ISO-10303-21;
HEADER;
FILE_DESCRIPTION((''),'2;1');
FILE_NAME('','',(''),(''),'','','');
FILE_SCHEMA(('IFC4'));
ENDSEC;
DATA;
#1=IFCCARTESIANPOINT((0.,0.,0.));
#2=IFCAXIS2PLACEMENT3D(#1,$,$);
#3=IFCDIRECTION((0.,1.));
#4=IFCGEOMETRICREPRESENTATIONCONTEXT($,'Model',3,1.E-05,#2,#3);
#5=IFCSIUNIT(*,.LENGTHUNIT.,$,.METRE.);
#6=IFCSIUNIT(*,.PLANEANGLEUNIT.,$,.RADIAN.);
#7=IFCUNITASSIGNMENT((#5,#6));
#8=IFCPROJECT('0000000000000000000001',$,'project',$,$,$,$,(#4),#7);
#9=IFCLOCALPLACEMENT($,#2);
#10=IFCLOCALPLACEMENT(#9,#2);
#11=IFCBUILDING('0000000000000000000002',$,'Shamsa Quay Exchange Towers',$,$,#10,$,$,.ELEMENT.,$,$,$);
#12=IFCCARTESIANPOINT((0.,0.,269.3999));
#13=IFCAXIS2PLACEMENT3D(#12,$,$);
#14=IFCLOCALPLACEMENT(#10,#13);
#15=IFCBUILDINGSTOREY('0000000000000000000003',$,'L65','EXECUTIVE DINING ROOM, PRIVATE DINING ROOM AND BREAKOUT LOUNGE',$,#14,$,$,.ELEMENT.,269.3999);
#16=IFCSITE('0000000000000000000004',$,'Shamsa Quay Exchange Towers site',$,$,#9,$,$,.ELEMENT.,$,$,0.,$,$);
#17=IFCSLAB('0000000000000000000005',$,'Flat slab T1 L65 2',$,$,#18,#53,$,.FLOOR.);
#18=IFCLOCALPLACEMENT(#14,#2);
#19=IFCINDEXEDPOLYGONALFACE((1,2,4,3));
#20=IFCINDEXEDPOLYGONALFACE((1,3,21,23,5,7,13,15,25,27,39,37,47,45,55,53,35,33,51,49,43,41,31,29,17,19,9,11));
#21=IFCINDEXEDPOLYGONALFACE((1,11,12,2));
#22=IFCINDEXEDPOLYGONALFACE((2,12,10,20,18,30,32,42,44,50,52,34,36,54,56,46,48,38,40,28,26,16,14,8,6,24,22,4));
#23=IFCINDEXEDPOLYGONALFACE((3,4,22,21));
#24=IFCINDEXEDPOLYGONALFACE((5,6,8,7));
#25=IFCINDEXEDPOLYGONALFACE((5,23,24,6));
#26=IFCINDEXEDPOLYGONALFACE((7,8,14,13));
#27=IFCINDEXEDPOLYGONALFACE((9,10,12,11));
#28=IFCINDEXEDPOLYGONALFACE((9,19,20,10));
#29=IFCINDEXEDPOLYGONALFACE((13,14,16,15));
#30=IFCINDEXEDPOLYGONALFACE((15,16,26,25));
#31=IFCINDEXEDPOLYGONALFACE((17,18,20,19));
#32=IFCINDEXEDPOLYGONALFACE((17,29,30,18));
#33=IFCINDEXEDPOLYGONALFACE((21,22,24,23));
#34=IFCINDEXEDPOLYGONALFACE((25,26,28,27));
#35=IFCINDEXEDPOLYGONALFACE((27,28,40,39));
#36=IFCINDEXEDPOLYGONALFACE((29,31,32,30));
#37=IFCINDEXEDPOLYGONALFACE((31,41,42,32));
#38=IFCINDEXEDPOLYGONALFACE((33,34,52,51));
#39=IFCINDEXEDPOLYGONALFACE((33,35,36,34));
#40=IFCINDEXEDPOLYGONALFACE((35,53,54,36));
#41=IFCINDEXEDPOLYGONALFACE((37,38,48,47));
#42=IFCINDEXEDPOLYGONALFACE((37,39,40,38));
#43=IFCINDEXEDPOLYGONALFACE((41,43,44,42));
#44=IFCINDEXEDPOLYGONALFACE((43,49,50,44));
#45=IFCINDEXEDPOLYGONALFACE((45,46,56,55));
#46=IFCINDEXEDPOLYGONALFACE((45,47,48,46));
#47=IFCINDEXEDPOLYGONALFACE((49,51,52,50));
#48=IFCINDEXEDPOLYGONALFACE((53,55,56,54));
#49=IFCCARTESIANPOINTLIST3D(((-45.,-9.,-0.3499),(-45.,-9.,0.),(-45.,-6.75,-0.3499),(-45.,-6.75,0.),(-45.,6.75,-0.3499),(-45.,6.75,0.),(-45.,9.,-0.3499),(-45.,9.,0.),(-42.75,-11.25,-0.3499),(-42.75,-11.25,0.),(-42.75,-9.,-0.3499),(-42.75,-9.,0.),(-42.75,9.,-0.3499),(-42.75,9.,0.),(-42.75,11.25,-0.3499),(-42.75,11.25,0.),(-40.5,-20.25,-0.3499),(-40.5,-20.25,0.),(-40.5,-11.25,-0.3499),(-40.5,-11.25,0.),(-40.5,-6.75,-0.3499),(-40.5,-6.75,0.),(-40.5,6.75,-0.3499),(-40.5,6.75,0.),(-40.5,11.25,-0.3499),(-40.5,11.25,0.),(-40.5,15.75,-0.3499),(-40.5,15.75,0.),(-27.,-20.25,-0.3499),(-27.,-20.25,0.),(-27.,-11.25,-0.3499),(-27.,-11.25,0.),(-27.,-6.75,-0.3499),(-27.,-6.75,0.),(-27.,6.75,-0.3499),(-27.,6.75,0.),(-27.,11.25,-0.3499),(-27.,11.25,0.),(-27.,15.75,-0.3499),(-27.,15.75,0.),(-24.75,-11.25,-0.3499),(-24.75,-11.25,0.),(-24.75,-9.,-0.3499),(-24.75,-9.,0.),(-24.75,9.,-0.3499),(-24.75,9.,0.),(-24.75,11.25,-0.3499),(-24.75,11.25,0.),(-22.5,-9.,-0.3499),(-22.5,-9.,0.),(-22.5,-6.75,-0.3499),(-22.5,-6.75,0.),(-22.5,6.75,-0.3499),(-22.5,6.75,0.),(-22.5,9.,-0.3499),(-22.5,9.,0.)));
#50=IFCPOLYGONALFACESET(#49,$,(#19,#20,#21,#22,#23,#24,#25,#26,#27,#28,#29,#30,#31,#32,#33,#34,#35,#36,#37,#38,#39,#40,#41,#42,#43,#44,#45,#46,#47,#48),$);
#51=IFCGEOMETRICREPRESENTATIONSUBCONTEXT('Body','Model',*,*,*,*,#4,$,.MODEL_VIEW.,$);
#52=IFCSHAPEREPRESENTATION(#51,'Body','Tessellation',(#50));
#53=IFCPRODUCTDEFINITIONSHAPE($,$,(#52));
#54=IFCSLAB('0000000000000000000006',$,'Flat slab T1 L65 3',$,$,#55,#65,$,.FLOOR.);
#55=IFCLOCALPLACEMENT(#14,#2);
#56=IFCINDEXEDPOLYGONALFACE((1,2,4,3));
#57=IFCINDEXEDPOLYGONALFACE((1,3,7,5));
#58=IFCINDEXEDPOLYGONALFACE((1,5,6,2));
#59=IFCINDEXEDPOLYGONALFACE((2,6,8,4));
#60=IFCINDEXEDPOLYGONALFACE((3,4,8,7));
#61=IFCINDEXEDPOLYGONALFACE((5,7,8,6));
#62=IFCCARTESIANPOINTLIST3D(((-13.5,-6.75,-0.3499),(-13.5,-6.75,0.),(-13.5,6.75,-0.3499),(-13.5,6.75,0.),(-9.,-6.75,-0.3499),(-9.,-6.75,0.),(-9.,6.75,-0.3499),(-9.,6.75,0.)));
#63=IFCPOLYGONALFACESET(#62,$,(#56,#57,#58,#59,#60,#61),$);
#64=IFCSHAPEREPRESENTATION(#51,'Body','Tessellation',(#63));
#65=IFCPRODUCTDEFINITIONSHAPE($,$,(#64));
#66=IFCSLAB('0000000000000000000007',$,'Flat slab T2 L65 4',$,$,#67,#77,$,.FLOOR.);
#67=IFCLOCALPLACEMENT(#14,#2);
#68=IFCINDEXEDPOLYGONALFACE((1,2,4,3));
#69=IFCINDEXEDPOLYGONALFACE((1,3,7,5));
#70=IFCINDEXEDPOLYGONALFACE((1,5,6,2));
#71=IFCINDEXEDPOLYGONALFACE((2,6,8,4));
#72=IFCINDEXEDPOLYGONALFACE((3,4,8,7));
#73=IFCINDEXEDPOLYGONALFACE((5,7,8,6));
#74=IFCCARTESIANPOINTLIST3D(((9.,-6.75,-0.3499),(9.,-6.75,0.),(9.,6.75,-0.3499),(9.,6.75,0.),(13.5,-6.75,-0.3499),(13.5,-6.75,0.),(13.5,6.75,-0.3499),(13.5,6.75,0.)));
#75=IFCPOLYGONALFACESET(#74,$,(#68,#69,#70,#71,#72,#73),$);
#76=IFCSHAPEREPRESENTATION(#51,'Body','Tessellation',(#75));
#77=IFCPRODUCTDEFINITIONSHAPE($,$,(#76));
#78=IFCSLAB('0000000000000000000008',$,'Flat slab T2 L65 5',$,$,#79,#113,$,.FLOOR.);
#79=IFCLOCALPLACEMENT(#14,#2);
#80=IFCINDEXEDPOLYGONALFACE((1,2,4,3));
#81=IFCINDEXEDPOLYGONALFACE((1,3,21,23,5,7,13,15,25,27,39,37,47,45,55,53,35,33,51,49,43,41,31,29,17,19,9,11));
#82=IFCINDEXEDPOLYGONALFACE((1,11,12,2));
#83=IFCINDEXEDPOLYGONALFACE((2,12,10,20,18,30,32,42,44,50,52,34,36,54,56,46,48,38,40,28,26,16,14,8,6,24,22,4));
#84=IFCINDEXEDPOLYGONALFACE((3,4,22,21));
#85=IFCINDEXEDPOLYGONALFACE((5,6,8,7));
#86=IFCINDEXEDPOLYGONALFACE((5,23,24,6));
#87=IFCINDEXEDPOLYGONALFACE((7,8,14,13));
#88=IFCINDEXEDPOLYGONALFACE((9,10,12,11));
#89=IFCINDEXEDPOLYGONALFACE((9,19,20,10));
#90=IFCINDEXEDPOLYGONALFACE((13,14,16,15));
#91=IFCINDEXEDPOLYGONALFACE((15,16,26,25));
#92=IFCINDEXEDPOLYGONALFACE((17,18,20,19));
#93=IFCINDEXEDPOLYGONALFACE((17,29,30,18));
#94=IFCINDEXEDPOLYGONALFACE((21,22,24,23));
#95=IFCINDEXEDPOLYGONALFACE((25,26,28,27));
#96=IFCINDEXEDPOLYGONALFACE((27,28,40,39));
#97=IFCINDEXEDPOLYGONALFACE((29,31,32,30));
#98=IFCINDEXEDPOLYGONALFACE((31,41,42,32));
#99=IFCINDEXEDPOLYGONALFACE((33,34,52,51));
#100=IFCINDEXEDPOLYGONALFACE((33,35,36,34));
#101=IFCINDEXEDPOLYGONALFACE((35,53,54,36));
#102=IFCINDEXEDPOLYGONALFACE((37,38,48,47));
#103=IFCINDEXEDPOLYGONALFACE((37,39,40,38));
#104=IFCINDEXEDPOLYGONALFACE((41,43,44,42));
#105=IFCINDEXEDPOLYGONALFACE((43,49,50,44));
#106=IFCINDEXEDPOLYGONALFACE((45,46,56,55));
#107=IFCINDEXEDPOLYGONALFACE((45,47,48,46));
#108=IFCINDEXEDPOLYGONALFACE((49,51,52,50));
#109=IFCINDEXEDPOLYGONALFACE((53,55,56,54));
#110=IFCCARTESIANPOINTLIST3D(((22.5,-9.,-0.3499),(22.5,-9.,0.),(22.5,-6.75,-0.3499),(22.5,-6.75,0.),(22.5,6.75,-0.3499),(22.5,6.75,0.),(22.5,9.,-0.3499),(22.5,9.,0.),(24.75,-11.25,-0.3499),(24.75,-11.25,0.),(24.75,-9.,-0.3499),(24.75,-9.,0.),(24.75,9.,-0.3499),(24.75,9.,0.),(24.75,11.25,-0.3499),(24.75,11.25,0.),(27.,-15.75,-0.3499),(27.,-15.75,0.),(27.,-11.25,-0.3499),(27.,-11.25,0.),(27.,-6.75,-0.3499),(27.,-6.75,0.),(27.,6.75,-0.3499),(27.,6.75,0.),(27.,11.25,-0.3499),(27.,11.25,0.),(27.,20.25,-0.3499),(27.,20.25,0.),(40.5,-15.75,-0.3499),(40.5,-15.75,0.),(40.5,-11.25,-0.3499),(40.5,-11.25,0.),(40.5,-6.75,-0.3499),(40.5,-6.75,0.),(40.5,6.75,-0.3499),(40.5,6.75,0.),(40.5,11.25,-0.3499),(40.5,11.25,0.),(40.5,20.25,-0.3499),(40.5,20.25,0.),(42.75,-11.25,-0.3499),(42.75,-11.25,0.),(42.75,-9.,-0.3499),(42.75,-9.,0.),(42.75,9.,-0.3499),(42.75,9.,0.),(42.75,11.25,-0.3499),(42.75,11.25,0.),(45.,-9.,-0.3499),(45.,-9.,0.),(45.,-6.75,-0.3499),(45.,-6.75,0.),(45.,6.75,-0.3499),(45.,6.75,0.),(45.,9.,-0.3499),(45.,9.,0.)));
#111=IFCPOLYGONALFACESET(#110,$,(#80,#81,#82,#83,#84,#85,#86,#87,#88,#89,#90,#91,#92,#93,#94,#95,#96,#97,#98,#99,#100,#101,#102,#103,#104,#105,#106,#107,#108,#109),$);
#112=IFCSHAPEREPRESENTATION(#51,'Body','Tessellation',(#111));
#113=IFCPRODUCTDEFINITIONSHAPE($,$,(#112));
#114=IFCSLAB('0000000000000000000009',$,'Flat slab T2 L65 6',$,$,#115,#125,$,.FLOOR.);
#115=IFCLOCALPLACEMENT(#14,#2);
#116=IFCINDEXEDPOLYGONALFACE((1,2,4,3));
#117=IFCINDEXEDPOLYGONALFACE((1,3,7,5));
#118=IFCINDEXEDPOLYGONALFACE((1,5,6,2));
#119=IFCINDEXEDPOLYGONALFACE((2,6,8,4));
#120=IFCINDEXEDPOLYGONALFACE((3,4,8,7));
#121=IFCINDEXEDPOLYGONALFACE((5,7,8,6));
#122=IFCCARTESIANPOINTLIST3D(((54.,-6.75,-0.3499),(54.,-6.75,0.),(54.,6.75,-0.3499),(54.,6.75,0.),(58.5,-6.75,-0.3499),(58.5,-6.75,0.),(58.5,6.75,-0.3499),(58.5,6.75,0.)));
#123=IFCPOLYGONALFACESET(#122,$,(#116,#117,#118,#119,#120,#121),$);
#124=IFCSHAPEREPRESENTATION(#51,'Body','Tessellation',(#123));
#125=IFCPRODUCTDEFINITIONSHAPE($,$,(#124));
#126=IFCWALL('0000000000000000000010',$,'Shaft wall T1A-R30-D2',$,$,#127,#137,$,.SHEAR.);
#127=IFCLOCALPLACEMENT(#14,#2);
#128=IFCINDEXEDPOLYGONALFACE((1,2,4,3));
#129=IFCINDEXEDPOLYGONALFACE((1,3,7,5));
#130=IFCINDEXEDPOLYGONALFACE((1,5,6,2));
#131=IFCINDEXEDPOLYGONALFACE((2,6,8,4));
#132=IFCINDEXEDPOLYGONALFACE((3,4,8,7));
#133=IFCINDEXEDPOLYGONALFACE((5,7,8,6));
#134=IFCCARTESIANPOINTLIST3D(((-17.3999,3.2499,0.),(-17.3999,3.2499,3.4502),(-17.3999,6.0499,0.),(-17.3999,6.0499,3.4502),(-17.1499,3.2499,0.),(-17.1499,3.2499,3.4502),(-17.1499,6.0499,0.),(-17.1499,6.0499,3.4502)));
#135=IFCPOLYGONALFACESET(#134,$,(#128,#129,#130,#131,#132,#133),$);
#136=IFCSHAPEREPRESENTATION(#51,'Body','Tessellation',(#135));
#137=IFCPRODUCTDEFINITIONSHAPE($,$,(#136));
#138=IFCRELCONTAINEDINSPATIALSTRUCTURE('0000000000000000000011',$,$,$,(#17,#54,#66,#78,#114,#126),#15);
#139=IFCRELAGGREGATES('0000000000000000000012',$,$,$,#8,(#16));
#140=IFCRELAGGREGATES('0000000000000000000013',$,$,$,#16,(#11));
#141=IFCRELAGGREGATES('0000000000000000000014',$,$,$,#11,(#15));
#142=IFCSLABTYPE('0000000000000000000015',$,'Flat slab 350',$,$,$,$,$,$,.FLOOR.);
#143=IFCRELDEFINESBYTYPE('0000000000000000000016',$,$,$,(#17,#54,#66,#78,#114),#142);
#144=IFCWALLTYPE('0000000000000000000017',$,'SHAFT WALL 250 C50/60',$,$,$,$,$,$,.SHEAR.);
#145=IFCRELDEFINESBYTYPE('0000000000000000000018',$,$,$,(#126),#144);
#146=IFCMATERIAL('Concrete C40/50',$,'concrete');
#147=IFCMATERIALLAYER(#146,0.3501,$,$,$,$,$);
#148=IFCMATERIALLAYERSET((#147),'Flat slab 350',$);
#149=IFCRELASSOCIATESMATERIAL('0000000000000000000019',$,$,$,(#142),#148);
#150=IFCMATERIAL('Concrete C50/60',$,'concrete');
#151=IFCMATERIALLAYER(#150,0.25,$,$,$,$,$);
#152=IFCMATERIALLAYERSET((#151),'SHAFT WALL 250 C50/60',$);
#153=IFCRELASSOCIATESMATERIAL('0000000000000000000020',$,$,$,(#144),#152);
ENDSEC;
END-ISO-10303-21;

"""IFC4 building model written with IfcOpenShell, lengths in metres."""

from ifc_helpers import new_model, si_unit, direction, frame, frame_2d, origin, place, context, subcontext, project, spatial, polyline, rectangle, outline, extrude, material, layer, layer_set, type_object, element, save


model = new_model("IFC4")

# Units and contexts
model_context = context("Model", 3, precision=1e-05, world=origin(), true_north=direction((0.0, 1.0)))
body_context = subcontext(model_context, "Body", "Model", "MODEL_VIEW")
ifc_project = project(units=[si_unit("LENGTHUNIT", "METRE"), si_unit("PLANEANGLEUNIT", "RADIAN")], contexts=[model_context])

# Site, building, storey
site_placement = place(None, origin())
site = spatial("IfcSite", under=ifc_project, at=site_placement, Name="Shamsa Quay Exchange Towers site", CompositionType="ELEMENT", RefElevation=0.0)
building_placement = place(site_placement, origin())
building = spatial("IfcBuilding", under=site, at=building_placement, Name="Shamsa Quay Exchange Towers", CompositionType="ELEMENT")
storey_placement = place(building_placement, frame((0.0, 0.0, 269.3999)))
storey = spatial("IfcBuildingStorey", under=building, at=storey_placement, Name="L65", Description="EXECUTIVE DINING ROOM, PRIVATE DINING ROOM AND BREAKOUT LOUNGE", CompositionType="ELEMENT", Elevation=269.3999)

# Shared definitions
ifc_material_1 = material(Name="Concrete C50/60", Category="concrete")

# Shared definitions
ifc_material_2 = material(Name="Concrete C40/50", Category="concrete")

# Slabs
ifc_layer_1 = layer(ifc_material_2, 0.3501)
ifc_layer_set_1 = layer_set([ifc_layer_1], Name="Flat slab 350")
slab_type_1 = type_object("IfcSlabType", Name="Flat slab 350", PredefinedType="FLOOR", material=ifc_layer_set_1)
slab_1_placement = place(storey_placement, frame((0.0, 0.0, -0.3499)))
element("IfcSlab", 1, at=slab_1_placement, inside=storey, type_object=slab_type_1, Name="Flat slab T1 L65 2", PredefinedType="FLOOR", context=body_context, shape_type="SweptSolid", body=[
    extrude(outline(polyline([(-22.5, -9.0), (-22.5, -6.75), (-27.0, -6.75), (-27.0, 6.75), (-22.5, 6.75), (-22.5, 9.0), (-24.75, 9.0), (-24.75, 11.25), (-27.0, 11.25), (-27.0, 15.75), (-40.5, 15.75), (-40.5, 11.25), (-42.75, 11.25), (-42.75, 9.0), (-45.0, 9.0), (-45.0, 6.75), (-40.5, 6.75), (-40.5, -6.75), (-45.0, -6.75), (-45.0, -9.0), (-42.75, -9.0), (-42.75, -11.25), (-40.5, -11.25), (-40.5, -20.25), (-27.0, -20.25), (-27.0, -11.25), (-24.75, -11.25), (-24.75, -9.0), (-22.5, -9.0)])), origin(), (0.0, 0.0, 1.0), 0.3499),
])
slab_2_placement = place(storey_placement, frame((0.0, 0.0, -0.3499)))
element("IfcSlab", 2, at=slab_2_placement, inside=storey, type_object=slab_type_1, Name="Flat slab T1 L65 3", PredefinedType="FLOOR", context=body_context, shape_type="SweptSolid", body=[
    extrude(outline(polyline([(-9.0, 6.75), (-13.5, 6.75), (-13.5, -6.75), (-9.0, -6.75), (-9.0, 6.75)])), origin(), (0.0, 0.0, 1.0), 0.3499),
])
slab_3_placement = place(storey_placement, frame((0.0, 0.0, -0.3499)))
element("IfcSlab", 3, at=slab_3_placement, inside=storey, type_object=slab_type_1, Name="Flat slab T2 L65 4", PredefinedType="FLOOR", context=body_context, shape_type="SweptSolid", body=[
    extrude(outline(polyline([(9.0, -6.75), (13.5, -6.75), (13.5, 6.75), (9.0, 6.75), (9.0, -6.75)])), origin(), (0.0, 0.0, 1.0), 0.3499),
])
slab_4_placement = place(storey_placement, frame((0.0, 0.0, -0.3499)))
element("IfcSlab", 4, at=slab_4_placement, inside=storey, type_object=slab_type_1, Name="Flat slab T2 L65 5", PredefinedType="FLOOR", context=body_context, shape_type="SweptSolid", body=[
    extrude(outline(polyline([(45.0, -9.0), (45.0, -6.75), (40.5, -6.75), (40.5, 6.75), (45.0, 6.75), (45.0, 9.0), (42.75, 9.0), (42.75, 11.25), (40.5, 11.25), (40.5, 20.25), (27.0, 20.25), (27.0, 11.25), (24.75, 11.25), (24.75, 9.0), (22.5, 9.0), (22.5, 6.75), (27.0, 6.75), (27.0, -6.75), (22.5, -6.75), (22.5, -9.0), (24.75, -9.0), (24.75, -11.25), (27.0, -11.25), (27.0, -15.75), (40.5, -15.75), (40.5, -11.25), (42.75, -11.25), (42.75, -9.0), (45.0, -9.0)])), origin(), (0.0, 0.0, 1.0), 0.3499),
])
slab_5_placement = place(storey_placement, frame((0.0, 0.0, -0.3499)))
element("IfcSlab", 5, at=slab_5_placement, inside=storey, type_object=slab_type_1, Name="Flat slab T2 L65 6", PredefinedType="FLOOR", context=body_context, shape_type="SweptSolid", body=[
    extrude(outline(polyline([(58.5, 6.75), (54.0, 6.75), (54.0, -6.75), (58.5, -6.75), (58.5, 6.75)])), origin(), (0.0, 0.0, 1.0), 0.3499),
])

# Wall
ifc_layer_2 = layer(ifc_material_1, 0.25)
ifc_layer_set_2 = layer_set([ifc_layer_2], Name="SHAFT WALL 250 C50/60")
wall_type_1 = type_object("IfcWallType", Name="SHAFT WALL 250 C50/60", PredefinedType="SHEAR", material=ifc_layer_set_2)
wall_1_placement = place(storey_placement, frame((-17.2749, 3.25, 0.0), z_axis=(0.0, 0.0, 1.0), x_axis=(0.0, 1.0, 0.0)))
element("IfcWall", 6, at=wall_1_placement, inside=storey, type_object=wall_type_1, Name="Shaft wall T1A-R30-D2", PredefinedType="SHEAR", context=body_context, shape_type="SweptSolid", body=[
    extrude(rectangle(XDim=2.8, YDim=0.25, at=frame_2d((1.3999, 0.0))), origin(), (0.0, 0.0, 1.0), 3.4502),
])

save(model, "model.ifc")
